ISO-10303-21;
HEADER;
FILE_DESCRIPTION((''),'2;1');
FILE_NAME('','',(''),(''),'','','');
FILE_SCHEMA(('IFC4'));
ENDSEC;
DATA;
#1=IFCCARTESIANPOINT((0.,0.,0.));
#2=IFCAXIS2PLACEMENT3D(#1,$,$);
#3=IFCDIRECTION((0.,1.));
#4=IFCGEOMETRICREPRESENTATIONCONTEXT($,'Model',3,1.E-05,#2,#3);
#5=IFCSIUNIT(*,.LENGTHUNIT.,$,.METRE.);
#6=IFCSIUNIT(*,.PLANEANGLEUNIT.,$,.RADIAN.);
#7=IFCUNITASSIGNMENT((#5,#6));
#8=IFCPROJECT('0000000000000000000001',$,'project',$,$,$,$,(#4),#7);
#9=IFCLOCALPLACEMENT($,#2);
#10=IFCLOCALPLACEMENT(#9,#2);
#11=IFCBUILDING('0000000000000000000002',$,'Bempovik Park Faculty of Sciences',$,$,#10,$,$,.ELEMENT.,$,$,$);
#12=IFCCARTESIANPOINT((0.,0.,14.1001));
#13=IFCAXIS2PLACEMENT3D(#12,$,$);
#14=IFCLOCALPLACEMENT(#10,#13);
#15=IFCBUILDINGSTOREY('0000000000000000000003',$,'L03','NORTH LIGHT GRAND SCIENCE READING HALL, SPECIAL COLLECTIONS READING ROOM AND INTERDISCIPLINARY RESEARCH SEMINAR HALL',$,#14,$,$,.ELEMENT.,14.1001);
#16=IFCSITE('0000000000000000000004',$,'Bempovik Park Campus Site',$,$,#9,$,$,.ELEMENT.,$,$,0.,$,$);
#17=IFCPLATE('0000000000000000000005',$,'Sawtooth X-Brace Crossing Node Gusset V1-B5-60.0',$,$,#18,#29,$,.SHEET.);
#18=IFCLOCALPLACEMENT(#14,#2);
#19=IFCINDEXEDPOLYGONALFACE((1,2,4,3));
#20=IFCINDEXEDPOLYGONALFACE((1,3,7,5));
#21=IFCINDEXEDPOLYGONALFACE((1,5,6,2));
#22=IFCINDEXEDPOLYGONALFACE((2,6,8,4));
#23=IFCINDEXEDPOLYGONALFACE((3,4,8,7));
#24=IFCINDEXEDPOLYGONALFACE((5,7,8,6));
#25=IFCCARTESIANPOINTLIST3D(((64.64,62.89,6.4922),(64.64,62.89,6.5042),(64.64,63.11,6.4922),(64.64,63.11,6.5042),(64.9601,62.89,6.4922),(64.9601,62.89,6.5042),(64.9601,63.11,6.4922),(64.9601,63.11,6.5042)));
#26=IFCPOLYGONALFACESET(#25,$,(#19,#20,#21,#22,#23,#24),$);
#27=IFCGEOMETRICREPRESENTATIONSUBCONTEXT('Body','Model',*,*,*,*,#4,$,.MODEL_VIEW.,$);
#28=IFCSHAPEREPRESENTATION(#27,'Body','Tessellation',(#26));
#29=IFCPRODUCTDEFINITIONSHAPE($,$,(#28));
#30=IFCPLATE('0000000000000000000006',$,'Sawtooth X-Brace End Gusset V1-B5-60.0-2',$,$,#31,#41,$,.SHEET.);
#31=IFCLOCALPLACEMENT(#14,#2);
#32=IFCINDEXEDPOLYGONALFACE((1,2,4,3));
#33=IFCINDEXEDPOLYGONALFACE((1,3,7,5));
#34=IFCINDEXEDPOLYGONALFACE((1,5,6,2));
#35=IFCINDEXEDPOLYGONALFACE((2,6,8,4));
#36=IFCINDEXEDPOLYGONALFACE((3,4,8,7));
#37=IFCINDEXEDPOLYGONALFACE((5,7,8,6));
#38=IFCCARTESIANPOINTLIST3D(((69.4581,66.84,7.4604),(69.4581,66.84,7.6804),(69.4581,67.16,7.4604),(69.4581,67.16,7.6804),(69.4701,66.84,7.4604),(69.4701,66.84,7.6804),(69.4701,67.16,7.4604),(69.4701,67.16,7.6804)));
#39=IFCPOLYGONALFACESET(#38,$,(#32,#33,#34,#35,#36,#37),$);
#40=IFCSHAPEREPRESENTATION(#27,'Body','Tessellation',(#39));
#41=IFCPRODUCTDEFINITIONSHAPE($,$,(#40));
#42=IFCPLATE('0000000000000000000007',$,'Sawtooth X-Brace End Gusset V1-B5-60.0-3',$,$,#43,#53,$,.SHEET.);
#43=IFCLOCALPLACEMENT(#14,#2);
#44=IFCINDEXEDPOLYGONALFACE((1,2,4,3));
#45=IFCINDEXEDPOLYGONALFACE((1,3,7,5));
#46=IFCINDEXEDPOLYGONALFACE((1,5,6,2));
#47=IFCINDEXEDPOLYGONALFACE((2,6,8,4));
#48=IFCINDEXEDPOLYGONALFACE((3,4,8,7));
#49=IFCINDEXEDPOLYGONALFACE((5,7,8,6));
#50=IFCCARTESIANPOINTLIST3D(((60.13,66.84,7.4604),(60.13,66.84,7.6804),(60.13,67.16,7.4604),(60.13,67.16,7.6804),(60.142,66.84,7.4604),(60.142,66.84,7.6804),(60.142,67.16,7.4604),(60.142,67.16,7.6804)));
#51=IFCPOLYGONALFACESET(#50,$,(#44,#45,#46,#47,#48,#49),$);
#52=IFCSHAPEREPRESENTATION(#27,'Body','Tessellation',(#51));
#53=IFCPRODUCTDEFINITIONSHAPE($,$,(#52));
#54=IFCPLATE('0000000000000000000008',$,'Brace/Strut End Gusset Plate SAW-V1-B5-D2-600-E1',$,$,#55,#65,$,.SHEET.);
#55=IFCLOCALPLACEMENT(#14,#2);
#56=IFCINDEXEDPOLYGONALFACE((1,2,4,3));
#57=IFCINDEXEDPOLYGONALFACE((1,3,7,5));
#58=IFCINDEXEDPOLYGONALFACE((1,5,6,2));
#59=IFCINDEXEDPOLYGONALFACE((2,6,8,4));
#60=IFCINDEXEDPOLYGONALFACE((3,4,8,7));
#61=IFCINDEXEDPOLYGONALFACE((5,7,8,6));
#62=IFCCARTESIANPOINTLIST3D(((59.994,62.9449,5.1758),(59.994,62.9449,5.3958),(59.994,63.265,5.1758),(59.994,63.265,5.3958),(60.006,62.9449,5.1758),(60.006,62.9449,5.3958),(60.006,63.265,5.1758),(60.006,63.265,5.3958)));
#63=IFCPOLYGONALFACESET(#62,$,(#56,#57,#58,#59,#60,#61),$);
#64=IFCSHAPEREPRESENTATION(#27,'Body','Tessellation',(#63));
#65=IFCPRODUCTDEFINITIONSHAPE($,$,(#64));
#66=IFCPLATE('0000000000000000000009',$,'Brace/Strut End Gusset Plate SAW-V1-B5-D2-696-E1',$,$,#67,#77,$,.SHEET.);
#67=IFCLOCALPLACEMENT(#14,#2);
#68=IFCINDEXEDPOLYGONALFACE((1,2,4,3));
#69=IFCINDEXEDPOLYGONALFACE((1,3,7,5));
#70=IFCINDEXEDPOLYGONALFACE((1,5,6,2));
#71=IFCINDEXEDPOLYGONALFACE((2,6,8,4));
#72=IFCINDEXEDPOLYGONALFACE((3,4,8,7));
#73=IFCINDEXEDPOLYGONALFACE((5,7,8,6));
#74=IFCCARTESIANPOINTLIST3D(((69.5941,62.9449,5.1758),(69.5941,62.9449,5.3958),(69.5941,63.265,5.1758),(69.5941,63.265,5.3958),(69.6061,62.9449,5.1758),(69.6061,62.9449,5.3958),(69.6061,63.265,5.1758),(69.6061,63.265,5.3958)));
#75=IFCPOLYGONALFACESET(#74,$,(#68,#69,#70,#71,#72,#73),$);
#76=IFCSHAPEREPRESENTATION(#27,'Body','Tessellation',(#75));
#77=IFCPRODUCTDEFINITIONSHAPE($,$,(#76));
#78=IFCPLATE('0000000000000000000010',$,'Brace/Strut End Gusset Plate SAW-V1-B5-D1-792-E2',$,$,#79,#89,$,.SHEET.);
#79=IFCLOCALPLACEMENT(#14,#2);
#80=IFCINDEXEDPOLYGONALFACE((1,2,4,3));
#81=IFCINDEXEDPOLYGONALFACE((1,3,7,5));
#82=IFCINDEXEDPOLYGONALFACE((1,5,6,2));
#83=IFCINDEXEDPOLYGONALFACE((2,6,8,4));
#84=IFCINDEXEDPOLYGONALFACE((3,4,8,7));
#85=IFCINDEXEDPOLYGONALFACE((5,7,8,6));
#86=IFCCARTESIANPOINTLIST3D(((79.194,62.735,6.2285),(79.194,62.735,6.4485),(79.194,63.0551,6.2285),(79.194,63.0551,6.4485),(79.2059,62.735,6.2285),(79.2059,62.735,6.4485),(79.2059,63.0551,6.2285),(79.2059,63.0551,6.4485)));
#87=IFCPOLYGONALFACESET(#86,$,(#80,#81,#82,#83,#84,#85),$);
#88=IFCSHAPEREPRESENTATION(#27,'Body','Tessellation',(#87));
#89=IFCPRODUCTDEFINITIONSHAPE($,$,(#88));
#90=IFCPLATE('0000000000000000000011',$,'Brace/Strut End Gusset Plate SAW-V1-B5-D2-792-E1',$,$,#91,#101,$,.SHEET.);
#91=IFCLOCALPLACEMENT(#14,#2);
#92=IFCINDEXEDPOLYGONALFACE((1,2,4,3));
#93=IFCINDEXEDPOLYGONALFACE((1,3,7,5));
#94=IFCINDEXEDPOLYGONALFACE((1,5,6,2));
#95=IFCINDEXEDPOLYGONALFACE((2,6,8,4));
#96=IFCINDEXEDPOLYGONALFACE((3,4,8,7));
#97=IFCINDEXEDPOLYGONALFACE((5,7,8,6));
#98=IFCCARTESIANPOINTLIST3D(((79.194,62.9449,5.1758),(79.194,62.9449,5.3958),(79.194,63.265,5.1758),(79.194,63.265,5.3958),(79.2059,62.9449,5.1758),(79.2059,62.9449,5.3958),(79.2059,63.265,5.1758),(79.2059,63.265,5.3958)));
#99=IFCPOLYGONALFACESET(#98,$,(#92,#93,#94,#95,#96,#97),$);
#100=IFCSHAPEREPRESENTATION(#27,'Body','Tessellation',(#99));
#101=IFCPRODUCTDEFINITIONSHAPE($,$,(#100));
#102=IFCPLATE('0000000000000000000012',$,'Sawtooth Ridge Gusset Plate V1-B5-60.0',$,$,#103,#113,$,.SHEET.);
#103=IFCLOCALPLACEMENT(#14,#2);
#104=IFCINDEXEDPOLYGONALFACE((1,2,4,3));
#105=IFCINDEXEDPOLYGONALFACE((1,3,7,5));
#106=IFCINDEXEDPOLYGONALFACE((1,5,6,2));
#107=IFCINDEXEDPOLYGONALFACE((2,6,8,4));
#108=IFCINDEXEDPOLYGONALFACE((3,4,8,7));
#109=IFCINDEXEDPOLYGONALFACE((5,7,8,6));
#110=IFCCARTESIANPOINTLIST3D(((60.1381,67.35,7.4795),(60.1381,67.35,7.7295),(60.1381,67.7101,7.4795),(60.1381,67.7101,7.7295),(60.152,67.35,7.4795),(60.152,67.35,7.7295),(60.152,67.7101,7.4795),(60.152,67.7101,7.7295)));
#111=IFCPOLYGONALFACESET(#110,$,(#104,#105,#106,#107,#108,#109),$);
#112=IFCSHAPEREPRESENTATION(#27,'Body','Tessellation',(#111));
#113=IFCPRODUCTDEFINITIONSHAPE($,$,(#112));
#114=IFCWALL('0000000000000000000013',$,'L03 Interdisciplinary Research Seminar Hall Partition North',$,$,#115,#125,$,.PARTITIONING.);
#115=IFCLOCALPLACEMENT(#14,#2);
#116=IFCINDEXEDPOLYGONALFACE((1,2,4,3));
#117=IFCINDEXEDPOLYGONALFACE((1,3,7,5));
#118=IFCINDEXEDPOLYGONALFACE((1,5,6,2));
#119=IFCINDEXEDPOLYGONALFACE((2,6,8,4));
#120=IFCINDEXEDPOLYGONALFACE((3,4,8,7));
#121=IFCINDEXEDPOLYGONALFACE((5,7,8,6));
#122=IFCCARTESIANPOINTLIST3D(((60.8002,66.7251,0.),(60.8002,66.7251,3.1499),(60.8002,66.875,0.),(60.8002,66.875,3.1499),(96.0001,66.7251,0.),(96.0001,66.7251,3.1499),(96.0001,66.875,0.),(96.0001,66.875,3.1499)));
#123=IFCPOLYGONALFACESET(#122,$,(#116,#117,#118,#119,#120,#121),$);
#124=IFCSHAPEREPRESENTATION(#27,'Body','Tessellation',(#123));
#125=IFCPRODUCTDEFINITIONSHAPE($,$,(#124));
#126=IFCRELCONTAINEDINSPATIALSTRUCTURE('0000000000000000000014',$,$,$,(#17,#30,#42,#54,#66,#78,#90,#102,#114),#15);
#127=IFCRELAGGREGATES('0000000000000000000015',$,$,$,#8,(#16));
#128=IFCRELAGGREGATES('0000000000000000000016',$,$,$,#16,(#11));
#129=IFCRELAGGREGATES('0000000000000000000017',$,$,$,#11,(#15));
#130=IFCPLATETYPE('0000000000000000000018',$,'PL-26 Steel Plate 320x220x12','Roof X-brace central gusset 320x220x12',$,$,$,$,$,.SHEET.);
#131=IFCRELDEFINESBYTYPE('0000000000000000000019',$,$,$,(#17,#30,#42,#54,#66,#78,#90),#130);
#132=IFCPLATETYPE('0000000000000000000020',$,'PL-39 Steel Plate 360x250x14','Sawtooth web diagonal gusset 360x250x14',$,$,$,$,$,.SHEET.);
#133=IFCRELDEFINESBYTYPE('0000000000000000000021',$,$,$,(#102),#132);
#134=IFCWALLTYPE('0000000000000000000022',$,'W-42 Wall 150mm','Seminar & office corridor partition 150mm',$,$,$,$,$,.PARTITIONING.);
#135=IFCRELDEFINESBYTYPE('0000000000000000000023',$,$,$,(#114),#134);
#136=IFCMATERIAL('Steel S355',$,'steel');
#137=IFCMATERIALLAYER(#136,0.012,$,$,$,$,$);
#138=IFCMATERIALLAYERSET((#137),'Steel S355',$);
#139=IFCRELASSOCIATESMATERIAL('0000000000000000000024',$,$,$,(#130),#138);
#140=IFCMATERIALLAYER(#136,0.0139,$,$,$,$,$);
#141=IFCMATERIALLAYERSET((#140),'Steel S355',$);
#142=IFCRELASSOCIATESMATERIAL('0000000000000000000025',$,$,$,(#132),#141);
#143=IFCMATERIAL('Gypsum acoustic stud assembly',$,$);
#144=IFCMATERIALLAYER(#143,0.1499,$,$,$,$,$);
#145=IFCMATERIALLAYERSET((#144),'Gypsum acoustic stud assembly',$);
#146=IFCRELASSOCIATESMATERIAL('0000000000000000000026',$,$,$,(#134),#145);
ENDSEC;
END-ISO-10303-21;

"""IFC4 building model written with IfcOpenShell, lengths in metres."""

from ifc_helpers import new_model, si_unit, direction, frame, frame_2d, origin, origin_2d, place, context, subcontext, project, spatial, rectangle, extrude, material, layer, layer_set, type_object, element, save


model = new_model("IFC4")

# Units and contexts
model_context = context("Model", 3, precision=1e-05, world=origin(), true_north=direction((0.0, 1.0)))
body_context = subcontext(model_context, "Body", "Model", "MODEL_VIEW")
ifc_project = project(units=[si_unit("LENGTHUNIT", "METRE"), si_unit("PLANEANGLEUNIT", "RADIAN")], contexts=[model_context])

# Site, building, storey
site_placement = place(None, origin())
site = spatial("IfcSite", under=ifc_project, at=site_placement, Name="Bempovik Park Campus Site", CompositionType="ELEMENT", RefElevation=0.0)
building_placement = place(site_placement, origin())
building = spatial("IfcBuilding", under=site, at=building_placement, Name="Bempovik Park Faculty of Sciences", CompositionType="ELEMENT")
storey_placement = place(building_placement, frame((0.0, 0.0, 14.1001)))
storey = spatial("IfcBuildingStorey", under=building, at=storey_placement, Name="L03", Description="NORTH LIGHT GRAND SCIENCE READING HALL, SPECIAL COLLECTIONS READING ROOM AND INTERDISCIPLINARY RESEARCH SEMINAR HALL", CompositionType="ELEMENT", Elevation=14.1001)

# Shared definitions
ifc_material_1 = material(Name="Steel S355", Category="steel")

# Plates
ifc_layer_1 = layer(ifc_material_1, 0.012)
ifc_layer_set_1 = layer_set([ifc_layer_1], Name="Steel S355")
plate_type_1 = type_object("IfcPlateType", Name="PL-26 Steel Plate 320x220x12", Description="Roof X-brace central gusset 320x220x12", PredefinedType="SHEET", material=ifc_layer_set_1)
plate_1_placement = place(storey_placement, frame((64.8, 63.0, 6.4922), z_axis=(0.0, 0.0, 1.0), x_axis=(1.0, 0.0, 0.0)))
element("IfcPlate", 1, at=plate_1_placement, inside=storey, type_object=plate_type_1, Name="Sawtooth X-Brace Crossing Node Gusset V1-B5-60.0", PredefinedType="SHEET", context=body_context, shape_type="SweptSolid", body=[
    extrude(rectangle(XDim=0.3201, YDim=0.22, at=origin_2d()), origin(), (0.0, 0.0, 1.0), 0.012),
])
for number, where, z_axis, x_axis, name in (
    (2, (69.4641, 67.0, 7.4604), (0.0, 0.0, 1.0), (1.0, 0.0, 0.0), "Sawtooth X-Brace End Gusset V1-B5-60.0-2"),
    (3, (60.136, 67.0, 7.4604), (0.0, 0.0, 1.0), (1.0, 0.0, 0.0), "Sawtooth X-Brace End Gusset V1-B5-60.0-3"),
    (4, (60.0, 63.105, 5.1758), (0.0, 0.0, 1.0), (1.0, 0.0, 0.0), "Brace/Strut End Gusset Plate SAW-V1-B5-D2-600-E1"),
    (5, (69.6001, 63.105, 5.1758), (0.0, 0.0, 1.0), (1.0, 0.0, 0.0), "Brace/Strut End Gusset Plate SAW-V1-B5-D2-696-E1"),
    (6, (79.2, 62.895, 6.2285), (0.0, 0.0, 1.0), (1.0, 0.0, 0.0), "Brace/Strut End Gusset Plate SAW-V1-B5-D1-792-E2"),
    (7, (79.2, 63.105, 5.1758), (0.0, 0.0, 1.0), (1.0, 0.0, 0.0), "Brace/Strut End Gusset Plate SAW-V1-B5-D2-792-E1"),
):
    element("IfcPlate", number, at=place(storey_placement, frame(where, z_axis=z_axis, x_axis=x_axis)), inside=storey, type_object=plate_type_1, Name=name, PredefinedType="SHEET", context=body_context, shape_type="SweptSolid", body=[
        extrude(rectangle(XDim=0.012, YDim=0.3201, at=origin_2d()), origin(), (0.0, 0.0, 1.0), 0.22),
    ])
ifc_layer_2 = layer(ifc_material_1, 0.0139)
ifc_layer_set_2 = layer_set([ifc_layer_2], Name="Steel S355")
plate_type_2 = type_object("IfcPlateType", Name="PL-39 Steel Plate 360x250x14", Description="Sawtooth web diagonal gusset 360x250x14", PredefinedType="SHEET", material=ifc_layer_set_2)
plate_2_placement = place(storey_placement, frame((60.145, 67.53, 7.4795), z_axis=(0.0, 0.0, 1.0), x_axis=(1.0, 0.0, 0.0)))
element("IfcPlate", 8, at=plate_2_placement, inside=storey, type_object=plate_type_2, Name="Sawtooth Ridge Gusset Plate V1-B5-60.0", PredefinedType="SHEET", context=body_context, shape_type="SweptSolid", body=[
    extrude(rectangle(XDim=0.0139, YDim=0.3601, at=origin_2d()), origin(), (0.0, 0.0, 1.0), 0.25),
])

# Wall
ifc_material_2 = material(Name="Gypsum acoustic stud assembly")
ifc_layer_3 = layer(ifc_material_2, 0.1499)
ifc_layer_set_3 = layer_set([ifc_layer_3], Name="Gypsum acoustic stud assembly")
wall_type = type_object("IfcWallType", Name="W-42 Wall 150mm", Description="Seminar & office corridor partition 150mm", PredefinedType="PARTITIONING", material=ifc_layer_set_3)
wall_placement = place(storey_placement, frame((60.8, 66.8, 0.0), z_axis=(0.0, 0.0, 1.0), x_axis=(1.0, 0.0, 0.0)))
element("IfcWall", 9, at=wall_placement, inside=storey, type_object=wall_type, Name="L03 Interdisciplinary Research Seminar Hall Partition North", PredefinedType="PARTITIONING", context=body_context, shape_type="SweptSolid", body=[
    extrude(rectangle(XDim=35.2, YDim=0.1499, at=frame_2d((17.6001, 0.0))), origin(), (0.0, 0.0, 1.0), 3.1499),
])

save(model, "model.ifc")
